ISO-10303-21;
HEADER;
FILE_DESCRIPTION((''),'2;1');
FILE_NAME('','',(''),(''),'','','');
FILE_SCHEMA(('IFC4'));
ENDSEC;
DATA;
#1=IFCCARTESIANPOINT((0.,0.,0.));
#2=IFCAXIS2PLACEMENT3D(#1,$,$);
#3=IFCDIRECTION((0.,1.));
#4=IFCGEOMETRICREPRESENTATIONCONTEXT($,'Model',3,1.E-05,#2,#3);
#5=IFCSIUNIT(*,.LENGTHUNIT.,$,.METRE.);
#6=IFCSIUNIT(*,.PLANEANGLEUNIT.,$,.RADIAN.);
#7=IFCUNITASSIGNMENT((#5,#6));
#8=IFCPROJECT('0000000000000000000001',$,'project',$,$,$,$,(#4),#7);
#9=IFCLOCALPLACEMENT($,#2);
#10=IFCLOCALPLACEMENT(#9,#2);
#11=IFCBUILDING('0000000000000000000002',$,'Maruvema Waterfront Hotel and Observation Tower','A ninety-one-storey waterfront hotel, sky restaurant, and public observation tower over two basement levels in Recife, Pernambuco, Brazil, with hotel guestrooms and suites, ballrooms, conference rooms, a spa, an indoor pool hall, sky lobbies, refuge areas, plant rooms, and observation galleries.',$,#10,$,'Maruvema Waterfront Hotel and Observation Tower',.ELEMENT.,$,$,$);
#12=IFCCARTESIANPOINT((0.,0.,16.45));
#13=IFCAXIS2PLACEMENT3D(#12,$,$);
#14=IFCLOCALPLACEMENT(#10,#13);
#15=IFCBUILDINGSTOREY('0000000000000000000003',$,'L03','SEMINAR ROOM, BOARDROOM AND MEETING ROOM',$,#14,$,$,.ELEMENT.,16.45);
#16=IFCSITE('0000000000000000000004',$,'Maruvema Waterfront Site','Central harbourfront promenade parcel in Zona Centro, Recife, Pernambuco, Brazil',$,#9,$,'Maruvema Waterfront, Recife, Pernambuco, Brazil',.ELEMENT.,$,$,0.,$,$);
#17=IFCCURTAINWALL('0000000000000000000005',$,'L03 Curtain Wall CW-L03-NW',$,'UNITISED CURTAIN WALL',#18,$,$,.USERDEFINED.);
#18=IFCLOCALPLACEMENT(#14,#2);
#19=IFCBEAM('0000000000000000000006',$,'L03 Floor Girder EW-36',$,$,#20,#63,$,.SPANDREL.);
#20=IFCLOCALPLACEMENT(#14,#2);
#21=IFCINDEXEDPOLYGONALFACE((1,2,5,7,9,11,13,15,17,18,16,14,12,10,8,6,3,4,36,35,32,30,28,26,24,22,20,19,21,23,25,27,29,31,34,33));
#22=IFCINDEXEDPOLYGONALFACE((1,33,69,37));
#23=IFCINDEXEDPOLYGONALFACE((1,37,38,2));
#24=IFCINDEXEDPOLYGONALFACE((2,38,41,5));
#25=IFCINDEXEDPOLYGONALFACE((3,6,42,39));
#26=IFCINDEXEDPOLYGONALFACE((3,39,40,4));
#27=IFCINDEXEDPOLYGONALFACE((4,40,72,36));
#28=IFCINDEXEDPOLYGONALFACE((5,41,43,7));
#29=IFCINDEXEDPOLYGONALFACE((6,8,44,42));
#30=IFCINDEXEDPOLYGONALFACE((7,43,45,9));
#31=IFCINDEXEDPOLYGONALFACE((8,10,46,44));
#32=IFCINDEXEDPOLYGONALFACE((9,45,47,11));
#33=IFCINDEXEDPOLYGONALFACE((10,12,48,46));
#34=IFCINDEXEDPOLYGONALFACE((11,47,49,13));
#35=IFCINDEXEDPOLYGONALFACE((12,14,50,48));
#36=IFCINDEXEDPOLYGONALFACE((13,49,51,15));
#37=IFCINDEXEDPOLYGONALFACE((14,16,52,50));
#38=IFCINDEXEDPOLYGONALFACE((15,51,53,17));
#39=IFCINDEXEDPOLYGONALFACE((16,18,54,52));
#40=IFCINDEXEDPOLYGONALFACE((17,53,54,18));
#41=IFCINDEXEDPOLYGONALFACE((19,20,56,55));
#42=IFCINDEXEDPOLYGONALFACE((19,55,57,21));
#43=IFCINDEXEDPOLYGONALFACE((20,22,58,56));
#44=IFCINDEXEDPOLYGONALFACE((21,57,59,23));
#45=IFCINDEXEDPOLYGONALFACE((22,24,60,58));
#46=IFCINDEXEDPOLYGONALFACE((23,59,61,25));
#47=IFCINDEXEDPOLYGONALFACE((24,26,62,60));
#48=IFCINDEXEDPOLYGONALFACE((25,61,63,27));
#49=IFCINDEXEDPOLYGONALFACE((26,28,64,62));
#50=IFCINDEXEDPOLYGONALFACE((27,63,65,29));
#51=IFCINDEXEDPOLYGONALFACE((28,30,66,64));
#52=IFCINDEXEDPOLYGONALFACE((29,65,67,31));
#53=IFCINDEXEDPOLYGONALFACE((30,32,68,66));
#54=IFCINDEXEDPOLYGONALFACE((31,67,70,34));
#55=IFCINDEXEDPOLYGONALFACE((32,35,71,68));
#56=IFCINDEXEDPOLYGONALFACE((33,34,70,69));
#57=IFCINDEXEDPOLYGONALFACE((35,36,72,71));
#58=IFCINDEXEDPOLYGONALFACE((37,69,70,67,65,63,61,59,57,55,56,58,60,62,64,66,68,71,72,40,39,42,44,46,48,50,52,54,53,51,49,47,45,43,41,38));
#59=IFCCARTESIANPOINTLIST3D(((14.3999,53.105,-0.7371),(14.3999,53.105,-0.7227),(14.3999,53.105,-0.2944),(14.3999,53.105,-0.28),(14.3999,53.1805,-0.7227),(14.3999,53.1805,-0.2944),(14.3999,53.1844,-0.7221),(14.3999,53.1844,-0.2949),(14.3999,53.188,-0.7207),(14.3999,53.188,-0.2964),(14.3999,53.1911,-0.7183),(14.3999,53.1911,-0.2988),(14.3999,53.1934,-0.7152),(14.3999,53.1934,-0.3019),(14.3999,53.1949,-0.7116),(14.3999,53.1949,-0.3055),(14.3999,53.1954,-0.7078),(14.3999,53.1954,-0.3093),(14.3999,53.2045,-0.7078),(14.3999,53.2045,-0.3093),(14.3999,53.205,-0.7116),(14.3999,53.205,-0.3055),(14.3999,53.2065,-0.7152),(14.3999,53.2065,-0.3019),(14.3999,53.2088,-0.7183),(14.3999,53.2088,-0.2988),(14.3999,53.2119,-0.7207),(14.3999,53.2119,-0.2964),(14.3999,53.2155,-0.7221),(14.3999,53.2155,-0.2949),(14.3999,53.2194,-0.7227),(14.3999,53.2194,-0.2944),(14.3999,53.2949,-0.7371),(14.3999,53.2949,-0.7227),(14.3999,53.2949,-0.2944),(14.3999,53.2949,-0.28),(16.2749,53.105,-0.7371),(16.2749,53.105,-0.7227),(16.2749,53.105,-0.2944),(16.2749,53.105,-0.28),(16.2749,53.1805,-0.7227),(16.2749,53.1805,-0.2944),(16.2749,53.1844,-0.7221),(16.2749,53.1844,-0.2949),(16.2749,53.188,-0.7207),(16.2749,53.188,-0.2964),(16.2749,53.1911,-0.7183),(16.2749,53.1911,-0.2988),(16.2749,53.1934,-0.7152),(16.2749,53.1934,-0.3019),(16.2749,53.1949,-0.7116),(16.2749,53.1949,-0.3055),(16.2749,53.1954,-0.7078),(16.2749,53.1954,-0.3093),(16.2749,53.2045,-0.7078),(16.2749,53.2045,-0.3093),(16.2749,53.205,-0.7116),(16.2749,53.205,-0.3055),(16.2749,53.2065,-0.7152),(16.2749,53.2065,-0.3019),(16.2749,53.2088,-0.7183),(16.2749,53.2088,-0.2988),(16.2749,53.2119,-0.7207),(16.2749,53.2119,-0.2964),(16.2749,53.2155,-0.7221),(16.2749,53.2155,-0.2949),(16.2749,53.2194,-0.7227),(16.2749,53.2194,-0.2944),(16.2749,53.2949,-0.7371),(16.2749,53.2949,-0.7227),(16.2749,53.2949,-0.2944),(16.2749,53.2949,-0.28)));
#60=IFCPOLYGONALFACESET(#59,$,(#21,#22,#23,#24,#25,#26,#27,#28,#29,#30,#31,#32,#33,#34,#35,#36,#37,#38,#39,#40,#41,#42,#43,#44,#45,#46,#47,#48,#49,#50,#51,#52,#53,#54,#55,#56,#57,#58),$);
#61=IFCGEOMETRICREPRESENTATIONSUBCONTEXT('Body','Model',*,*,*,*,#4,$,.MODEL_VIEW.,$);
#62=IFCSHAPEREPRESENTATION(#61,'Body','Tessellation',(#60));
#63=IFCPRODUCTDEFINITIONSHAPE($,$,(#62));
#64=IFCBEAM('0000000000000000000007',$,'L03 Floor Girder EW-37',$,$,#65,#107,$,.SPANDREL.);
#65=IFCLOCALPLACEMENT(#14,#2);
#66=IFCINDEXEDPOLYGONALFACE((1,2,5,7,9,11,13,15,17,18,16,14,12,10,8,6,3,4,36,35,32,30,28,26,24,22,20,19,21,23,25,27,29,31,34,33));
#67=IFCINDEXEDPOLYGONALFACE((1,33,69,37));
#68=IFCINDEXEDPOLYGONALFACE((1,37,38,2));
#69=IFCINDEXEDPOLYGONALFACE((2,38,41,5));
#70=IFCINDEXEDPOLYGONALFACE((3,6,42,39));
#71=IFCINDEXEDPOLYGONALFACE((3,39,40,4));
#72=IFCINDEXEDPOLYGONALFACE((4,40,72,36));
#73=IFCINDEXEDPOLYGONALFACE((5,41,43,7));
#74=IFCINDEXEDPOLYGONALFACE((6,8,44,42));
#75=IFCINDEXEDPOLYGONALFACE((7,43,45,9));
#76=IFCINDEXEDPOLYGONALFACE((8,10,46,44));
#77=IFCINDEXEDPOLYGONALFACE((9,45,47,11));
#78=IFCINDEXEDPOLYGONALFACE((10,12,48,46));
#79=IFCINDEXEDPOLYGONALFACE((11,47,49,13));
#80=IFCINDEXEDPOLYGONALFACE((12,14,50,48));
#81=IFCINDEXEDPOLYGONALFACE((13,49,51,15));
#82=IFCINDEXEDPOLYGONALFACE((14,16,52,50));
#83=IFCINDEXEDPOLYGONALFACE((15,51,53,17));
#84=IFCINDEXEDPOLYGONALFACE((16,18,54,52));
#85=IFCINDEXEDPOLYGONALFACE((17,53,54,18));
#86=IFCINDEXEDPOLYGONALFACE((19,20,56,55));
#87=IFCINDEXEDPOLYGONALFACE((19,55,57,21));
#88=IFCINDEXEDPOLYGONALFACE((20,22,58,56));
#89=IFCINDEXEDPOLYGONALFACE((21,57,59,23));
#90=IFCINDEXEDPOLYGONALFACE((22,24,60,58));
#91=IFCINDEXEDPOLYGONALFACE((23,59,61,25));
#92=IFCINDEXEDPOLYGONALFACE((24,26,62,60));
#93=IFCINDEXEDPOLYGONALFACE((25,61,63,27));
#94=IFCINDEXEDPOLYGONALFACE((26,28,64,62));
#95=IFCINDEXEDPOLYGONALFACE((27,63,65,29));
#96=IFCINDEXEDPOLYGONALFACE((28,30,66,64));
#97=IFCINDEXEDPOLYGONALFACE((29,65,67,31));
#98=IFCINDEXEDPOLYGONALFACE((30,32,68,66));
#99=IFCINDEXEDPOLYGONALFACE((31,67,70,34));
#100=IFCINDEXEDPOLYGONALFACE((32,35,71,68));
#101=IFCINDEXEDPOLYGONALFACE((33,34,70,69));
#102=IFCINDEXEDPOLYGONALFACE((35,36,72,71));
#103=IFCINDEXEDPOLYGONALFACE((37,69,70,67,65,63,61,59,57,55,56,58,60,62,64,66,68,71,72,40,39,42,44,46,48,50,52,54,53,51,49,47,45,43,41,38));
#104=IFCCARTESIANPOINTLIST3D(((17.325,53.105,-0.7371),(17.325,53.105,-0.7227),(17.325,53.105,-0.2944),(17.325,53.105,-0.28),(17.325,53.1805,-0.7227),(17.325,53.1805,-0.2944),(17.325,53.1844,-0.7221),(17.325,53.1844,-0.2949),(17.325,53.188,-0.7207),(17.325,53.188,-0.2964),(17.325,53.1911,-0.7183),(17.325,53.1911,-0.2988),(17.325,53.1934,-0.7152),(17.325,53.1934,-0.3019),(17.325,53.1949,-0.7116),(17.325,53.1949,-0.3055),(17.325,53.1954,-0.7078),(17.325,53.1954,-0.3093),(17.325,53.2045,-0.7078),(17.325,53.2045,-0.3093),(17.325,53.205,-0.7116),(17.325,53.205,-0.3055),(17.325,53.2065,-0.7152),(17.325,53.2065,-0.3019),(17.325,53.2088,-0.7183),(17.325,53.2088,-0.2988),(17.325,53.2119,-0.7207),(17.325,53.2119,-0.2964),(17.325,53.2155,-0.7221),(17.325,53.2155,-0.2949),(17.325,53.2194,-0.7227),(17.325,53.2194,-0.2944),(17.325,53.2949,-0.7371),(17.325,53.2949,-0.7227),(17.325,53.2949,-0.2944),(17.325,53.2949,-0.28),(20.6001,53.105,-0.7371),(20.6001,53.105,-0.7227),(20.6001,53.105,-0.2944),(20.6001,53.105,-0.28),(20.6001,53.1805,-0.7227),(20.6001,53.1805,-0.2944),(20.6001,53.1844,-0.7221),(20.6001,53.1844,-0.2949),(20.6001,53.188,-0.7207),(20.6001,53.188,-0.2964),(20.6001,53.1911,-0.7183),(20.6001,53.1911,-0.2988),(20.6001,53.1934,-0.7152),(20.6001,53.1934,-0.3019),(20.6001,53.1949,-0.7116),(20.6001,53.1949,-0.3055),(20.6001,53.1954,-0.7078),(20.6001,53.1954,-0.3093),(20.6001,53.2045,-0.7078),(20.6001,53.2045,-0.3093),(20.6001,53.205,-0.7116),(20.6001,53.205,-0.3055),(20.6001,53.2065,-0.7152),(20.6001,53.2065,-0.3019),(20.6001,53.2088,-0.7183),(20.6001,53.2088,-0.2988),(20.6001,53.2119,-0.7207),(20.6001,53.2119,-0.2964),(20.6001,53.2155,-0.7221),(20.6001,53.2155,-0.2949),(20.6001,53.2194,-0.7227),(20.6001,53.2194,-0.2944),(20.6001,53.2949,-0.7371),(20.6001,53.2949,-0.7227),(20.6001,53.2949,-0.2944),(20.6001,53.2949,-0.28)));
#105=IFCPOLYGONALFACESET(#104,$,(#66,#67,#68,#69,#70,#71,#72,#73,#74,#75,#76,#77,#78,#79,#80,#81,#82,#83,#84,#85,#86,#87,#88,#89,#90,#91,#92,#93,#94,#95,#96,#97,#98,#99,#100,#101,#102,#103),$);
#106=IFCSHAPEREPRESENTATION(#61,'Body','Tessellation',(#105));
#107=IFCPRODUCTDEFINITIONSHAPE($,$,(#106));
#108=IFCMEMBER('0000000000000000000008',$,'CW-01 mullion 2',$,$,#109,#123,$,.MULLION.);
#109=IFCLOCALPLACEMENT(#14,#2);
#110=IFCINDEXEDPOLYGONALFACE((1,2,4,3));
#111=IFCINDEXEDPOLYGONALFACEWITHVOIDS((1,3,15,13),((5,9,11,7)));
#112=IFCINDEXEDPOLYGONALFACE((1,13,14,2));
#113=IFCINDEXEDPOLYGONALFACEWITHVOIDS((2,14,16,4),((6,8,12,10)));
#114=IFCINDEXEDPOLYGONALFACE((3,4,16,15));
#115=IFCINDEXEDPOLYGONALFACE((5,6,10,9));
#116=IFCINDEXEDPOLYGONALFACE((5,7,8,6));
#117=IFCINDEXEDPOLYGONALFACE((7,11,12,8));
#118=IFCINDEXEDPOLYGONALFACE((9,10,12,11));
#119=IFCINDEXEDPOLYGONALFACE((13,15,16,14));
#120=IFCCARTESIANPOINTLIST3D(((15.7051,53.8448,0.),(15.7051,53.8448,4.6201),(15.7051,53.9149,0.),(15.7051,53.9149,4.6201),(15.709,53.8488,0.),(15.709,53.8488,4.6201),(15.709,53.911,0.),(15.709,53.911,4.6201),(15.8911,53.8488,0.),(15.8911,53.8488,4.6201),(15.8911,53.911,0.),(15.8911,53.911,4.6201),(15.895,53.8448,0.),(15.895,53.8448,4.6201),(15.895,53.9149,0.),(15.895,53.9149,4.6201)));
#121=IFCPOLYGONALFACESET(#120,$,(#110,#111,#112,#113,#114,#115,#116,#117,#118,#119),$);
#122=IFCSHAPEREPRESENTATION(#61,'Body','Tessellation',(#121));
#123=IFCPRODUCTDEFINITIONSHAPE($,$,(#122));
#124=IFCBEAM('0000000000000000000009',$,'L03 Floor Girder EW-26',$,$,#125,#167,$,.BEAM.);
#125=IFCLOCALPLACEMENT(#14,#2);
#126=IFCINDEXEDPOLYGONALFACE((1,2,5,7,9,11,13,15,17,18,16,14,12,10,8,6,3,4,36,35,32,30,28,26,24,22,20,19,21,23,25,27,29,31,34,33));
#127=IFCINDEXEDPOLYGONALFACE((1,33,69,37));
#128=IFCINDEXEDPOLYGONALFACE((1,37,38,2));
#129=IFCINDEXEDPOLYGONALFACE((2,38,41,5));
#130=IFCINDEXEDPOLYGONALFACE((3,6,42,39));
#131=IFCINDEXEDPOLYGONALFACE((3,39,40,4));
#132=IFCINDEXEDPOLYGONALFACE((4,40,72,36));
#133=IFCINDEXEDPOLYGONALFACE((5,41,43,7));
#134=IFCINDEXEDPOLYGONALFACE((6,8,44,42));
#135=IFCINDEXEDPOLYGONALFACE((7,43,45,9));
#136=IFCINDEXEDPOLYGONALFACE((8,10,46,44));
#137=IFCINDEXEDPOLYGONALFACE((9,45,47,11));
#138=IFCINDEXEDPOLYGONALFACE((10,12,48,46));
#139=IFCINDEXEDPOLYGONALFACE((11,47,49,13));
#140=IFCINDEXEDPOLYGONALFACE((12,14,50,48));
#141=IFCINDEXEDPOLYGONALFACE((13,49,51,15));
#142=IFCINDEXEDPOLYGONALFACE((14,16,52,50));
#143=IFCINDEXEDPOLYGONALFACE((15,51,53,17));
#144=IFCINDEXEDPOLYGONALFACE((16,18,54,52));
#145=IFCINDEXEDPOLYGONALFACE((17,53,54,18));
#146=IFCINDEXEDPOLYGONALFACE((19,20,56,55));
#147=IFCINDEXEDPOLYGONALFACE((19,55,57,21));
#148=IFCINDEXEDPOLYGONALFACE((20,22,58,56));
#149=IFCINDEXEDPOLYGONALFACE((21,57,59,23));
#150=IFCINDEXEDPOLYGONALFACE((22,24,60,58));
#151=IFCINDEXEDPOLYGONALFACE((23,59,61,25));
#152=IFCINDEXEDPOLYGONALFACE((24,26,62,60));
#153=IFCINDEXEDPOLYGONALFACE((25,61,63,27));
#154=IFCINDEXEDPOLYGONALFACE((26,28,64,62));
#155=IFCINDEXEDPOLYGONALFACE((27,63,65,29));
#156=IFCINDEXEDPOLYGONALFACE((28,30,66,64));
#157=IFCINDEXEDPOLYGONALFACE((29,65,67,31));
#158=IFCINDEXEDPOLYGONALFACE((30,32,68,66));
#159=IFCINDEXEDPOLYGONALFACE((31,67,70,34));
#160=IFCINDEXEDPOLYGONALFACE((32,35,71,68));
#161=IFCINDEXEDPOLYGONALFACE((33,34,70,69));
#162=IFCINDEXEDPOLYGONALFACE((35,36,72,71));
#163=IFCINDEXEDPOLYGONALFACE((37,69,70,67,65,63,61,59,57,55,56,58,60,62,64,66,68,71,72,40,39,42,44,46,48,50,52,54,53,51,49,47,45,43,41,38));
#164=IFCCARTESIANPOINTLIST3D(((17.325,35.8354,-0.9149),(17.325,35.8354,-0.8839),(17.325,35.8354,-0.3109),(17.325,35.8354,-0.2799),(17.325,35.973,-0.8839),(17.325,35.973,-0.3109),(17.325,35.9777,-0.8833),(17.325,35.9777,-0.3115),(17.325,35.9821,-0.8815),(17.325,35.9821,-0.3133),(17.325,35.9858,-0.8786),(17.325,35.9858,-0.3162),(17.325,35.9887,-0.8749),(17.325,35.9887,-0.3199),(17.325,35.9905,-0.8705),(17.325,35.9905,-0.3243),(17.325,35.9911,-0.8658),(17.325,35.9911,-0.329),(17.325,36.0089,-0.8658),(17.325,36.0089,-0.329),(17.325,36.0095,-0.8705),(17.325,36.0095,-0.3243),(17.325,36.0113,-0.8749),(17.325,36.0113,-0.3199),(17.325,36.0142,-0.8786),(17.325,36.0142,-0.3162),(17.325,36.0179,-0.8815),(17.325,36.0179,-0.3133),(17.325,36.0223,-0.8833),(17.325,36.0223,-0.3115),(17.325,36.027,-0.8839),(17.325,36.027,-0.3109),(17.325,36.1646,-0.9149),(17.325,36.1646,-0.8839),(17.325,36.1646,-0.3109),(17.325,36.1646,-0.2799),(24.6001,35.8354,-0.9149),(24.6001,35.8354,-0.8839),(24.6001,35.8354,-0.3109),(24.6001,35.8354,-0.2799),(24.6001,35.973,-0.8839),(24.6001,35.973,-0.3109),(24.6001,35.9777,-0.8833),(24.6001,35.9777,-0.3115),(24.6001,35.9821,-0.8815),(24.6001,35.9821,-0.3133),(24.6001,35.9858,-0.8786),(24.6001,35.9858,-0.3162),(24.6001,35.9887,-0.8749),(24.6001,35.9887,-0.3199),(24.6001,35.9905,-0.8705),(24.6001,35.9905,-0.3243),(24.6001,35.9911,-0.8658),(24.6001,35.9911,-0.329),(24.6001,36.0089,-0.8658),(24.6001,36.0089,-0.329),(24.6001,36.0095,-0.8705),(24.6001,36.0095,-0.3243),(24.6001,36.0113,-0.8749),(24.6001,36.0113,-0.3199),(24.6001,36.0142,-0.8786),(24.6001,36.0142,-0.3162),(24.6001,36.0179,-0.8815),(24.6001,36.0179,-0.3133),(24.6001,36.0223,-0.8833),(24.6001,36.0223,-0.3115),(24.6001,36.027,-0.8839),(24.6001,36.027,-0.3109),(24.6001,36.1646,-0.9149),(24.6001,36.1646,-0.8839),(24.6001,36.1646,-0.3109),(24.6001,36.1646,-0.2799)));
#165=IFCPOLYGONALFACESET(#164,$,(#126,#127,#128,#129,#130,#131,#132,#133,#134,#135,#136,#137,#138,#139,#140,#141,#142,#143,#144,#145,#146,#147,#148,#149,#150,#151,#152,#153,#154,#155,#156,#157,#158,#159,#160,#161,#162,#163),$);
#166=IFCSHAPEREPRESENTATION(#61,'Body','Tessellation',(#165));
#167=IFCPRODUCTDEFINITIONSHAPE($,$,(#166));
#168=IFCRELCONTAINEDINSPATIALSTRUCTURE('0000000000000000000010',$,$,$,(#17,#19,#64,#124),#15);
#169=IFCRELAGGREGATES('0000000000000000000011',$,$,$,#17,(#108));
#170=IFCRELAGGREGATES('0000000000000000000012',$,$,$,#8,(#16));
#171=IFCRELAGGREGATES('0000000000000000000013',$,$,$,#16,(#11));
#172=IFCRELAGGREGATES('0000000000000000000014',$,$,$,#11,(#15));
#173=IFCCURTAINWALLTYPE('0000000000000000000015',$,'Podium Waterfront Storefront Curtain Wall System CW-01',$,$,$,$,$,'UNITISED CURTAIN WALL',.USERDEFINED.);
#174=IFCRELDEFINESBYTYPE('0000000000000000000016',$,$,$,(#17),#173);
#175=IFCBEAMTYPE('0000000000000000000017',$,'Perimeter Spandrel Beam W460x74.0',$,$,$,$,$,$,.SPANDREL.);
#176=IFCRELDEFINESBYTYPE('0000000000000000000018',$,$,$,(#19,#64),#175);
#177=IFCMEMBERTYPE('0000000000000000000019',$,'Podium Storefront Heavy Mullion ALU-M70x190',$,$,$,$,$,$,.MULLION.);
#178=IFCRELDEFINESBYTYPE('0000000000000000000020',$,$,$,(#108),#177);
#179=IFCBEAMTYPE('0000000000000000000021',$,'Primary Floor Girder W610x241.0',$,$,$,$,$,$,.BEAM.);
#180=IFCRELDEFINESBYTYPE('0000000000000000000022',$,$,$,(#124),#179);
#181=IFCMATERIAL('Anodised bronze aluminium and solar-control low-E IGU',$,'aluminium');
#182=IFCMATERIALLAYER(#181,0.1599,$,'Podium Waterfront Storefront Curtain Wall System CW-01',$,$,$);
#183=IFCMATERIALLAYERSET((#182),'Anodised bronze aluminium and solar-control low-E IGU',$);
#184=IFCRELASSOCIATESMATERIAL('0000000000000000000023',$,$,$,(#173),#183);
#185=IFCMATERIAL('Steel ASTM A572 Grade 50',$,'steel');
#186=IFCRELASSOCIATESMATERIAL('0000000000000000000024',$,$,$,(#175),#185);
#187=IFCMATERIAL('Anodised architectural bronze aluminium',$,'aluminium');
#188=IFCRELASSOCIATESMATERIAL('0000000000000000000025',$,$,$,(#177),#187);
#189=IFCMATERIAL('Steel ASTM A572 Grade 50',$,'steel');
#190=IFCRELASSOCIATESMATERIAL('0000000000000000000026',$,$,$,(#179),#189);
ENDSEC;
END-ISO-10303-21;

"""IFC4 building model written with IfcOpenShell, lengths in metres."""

from ifc_helpers import new_model, si_unit, direction, frame, origin, origin_2d, place, context, subcontext, project, spatial, hollow_rectangle, i_section, extrude, material, layer, layer_set, material_profile, profile_set, type_object, element, aggregate, save


model = new_model("IFC4")

# Units and contexts
model_context = context("Model", 3, precision=1e-05, world=origin(), true_north=direction((0.0, 1.0)))
body_context = subcontext(model_context, "Body", "Model", "MODEL_VIEW")
ifc_project = project(units=[si_unit("LENGTHUNIT", "METRE"), si_unit("PLANEANGLEUNIT", "RADIAN")], contexts=[model_context])

# Site, building, storey
site_placement = place(None, origin())
site = spatial("IfcSite", under=ifc_project, at=site_placement, Name="Maruvema Waterfront Site", Description="Central harbourfront promenade parcel in Zona Centro, Recife, Pernambuco, Brazil", LongName="Maruvema Waterfront, Recife, Pernambuco, Brazil", CompositionType="ELEMENT", RefElevation=0.0)
building_placement = place(site_placement, origin())
building = spatial("IfcBuilding", under=site, at=building_placement, Name="Maruvema Waterfront Hotel and Observation Tower", Description="A ninety-one-storey waterfront hotel, sky restaurant, and public observation tower over two basement levels in Recife, Pernambuco, Brazil, with hotel guestrooms and suites, ballrooms, conference rooms, a spa, an indoor pool hall, sky lobbies, refuge areas, plant rooms, and observation galleries.", LongName="Maruvema Waterfront Hotel and Observation Tower", CompositionType="ELEMENT")
storey_placement = place(building_placement, frame((0.0, 0.0, 16.45)))
storey = spatial("IfcBuildingStorey", under=building, at=storey_placement, Name="L03", Description="SEMINAR ROOM, BOARDROOM AND MEETING ROOM", CompositionType="ELEMENT", Elevation=16.45)

# Curtain wall
ifc_material_1 = material(Name="Anodised bronze aluminium and solar-control low-E IGU", Category="aluminium")
ifc_layer_1 = layer(ifc_material_1, 0.1599, Name="Podium Waterfront Storefront Curtain Wall System CW-01")
ifc_layer_set_1 = layer_set([ifc_layer_1], Name="Anodised bronze aluminium and solar-control low-E IGU")
curtain_wall_type = type_object("IfcCurtainWallType", Name="Podium Waterfront Storefront Curtain Wall System CW-01", ElementType="UNITISED CURTAIN WALL", PredefinedType="USERDEFINED", material=ifc_layer_set_1)
curtain_wall_placement = place(storey_placement, origin())
curtain_wall = element("IfcCurtainWall", 1, at=curtain_wall_placement, inside=storey, type_object=curtain_wall_type, Name="L03 Curtain Wall CW-L03-NW", ObjectType="UNITISED CURTAIN WALL", PredefinedType="USERDEFINED")

# Beams
ifc_material_2 = material(Name="Steel ASTM A572 Grade 50", Category="steel")
ifc_material_profile_1 = material_profile(ifc_material_2, i_section(OverallWidth=0.1899, OverallDepth=0.457, WebThickness=0.009, FlangeThickness=0.0144, FilletRadius=0.0149, at=origin_2d()), Name="W460x74.0")
ifc_profile_set_1 = profile_set([ifc_material_profile_1], Name="Steel ASTM A572 Grade 50")
beam_type_1 = type_object("IfcBeamType", Name="Perimeter Spandrel Beam W460x74.0", PredefinedType="SPANDREL", material=ifc_profile_set_1)
beam_1_placement = place(storey_placement, frame((14.3999, 53.2, -0.5085), z_axis=(1.0, 0.0, 0.0), x_axis=(0.0, 1.0, 0.0)))
element("IfcBeam", 2, at=beam_1_placement, inside=storey, type_object=beam_type_1, Name="L03 Floor Girder EW-36", PredefinedType="SPANDREL", context=body_context, shape_type="SweptSolid", body=[
    extrude(i_section(OverallWidth=0.1899, OverallDepth=0.457, WebThickness=0.009, FlangeThickness=0.0144, FilletRadius=0.0149, at=origin_2d()), origin(), (0.0, 0.0, 1.0), 1.875),
])
beam_2_placement = place(storey_placement, frame((17.325, 53.2, -0.5085), z_axis=(1.0, 0.0, 0.0), x_axis=(0.0, 1.0, 0.0)))
element("IfcBeam", 3, at=beam_2_placement, inside=storey, type_object=beam_type_1, Name="L03 Floor Girder EW-37", PredefinedType="SPANDREL", context=body_context, shape_type="SweptSolid", body=[
    extrude(i_section(OverallWidth=0.1899, OverallDepth=0.457, WebThickness=0.009, FlangeThickness=0.0144, FilletRadius=0.0149, at=origin_2d()), origin(), (0.0, 0.0, 1.0), 3.2751),
])

# Member
ifc_material_3 = material(Name="Anodised architectural bronze aluminium", Category="aluminium")
ifc_material_profile_2 = material_profile(ifc_material_3, hollow_rectangle(XDim=0.0701, YDim=0.1899, WallThickness=0.0039, at=origin_2d()), Name="ALU-M70x190")
ifc_profile_set_2 = profile_set([ifc_material_profile_2], Name="Anodised architectural bronze aluminium")
member_type_1 = type_object("IfcMemberType", Name="Podium Storefront Heavy Mullion ALU-M70x190", PredefinedType="MULLION", material=ifc_profile_set_2)
member_1_placement = place(storey_placement, frame((15.8, 53.8799, 0.0), z_axis=(0.0, 0.0, 1.0), x_axis=(0.0, -1.0, 0.0)))
member_1 = element("IfcMember", 4, at=member_1_placement, type_object=member_type_1, Name="CW-01 mullion 2", PredefinedType="MULLION", context=body_context, shape_type="SweptSolid", body=[
    extrude(hollow_rectangle(XDim=0.0701, YDim=0.1899, WallThickness=0.0039, at=origin_2d()), origin(), (0.0, 0.0, 1.0), 4.6201),
])

# Beam
ifc_material_4 = material(Name="Steel ASTM A572 Grade 50", Category="steel")
ifc_material_profile_3 = material_profile(ifc_material_4, i_section(OverallWidth=0.3291, OverallDepth=0.635, WebThickness=0.0178, FlangeThickness=0.031, FilletRadius=0.0181, at=origin_2d()), Name="W610x241.0")
ifc_profile_set_3 = profile_set([ifc_material_profile_3], Name="Steel ASTM A572 Grade 50")
beam_type_2 = type_object("IfcBeamType", Name="Primary Floor Girder W610x241.0", PredefinedType="BEAM", material=ifc_profile_set_3)
beam_3_placement = place(storey_placement, frame((17.325, 36.0, -0.5974), z_axis=(1.0, 0.0, 0.0), x_axis=(0.0, 1.0, 0.0)))
element("IfcBeam", 5, at=beam_3_placement, inside=storey, type_object=beam_type_2, Name="L03 Floor Girder EW-26", PredefinedType="BEAM", context=body_context, shape_type="SweptSolid", body=[
    extrude(i_section(OverallWidth=0.3291, OverallDepth=0.635, WebThickness=0.0178, FlangeThickness=0.031, FilletRadius=0.0181, at=origin_2d()), origin(), (0.0, 0.0, 1.0), 7.2751),
])

aggregate(curtain_wall, [member_1])

save(model, "model.ifc")
